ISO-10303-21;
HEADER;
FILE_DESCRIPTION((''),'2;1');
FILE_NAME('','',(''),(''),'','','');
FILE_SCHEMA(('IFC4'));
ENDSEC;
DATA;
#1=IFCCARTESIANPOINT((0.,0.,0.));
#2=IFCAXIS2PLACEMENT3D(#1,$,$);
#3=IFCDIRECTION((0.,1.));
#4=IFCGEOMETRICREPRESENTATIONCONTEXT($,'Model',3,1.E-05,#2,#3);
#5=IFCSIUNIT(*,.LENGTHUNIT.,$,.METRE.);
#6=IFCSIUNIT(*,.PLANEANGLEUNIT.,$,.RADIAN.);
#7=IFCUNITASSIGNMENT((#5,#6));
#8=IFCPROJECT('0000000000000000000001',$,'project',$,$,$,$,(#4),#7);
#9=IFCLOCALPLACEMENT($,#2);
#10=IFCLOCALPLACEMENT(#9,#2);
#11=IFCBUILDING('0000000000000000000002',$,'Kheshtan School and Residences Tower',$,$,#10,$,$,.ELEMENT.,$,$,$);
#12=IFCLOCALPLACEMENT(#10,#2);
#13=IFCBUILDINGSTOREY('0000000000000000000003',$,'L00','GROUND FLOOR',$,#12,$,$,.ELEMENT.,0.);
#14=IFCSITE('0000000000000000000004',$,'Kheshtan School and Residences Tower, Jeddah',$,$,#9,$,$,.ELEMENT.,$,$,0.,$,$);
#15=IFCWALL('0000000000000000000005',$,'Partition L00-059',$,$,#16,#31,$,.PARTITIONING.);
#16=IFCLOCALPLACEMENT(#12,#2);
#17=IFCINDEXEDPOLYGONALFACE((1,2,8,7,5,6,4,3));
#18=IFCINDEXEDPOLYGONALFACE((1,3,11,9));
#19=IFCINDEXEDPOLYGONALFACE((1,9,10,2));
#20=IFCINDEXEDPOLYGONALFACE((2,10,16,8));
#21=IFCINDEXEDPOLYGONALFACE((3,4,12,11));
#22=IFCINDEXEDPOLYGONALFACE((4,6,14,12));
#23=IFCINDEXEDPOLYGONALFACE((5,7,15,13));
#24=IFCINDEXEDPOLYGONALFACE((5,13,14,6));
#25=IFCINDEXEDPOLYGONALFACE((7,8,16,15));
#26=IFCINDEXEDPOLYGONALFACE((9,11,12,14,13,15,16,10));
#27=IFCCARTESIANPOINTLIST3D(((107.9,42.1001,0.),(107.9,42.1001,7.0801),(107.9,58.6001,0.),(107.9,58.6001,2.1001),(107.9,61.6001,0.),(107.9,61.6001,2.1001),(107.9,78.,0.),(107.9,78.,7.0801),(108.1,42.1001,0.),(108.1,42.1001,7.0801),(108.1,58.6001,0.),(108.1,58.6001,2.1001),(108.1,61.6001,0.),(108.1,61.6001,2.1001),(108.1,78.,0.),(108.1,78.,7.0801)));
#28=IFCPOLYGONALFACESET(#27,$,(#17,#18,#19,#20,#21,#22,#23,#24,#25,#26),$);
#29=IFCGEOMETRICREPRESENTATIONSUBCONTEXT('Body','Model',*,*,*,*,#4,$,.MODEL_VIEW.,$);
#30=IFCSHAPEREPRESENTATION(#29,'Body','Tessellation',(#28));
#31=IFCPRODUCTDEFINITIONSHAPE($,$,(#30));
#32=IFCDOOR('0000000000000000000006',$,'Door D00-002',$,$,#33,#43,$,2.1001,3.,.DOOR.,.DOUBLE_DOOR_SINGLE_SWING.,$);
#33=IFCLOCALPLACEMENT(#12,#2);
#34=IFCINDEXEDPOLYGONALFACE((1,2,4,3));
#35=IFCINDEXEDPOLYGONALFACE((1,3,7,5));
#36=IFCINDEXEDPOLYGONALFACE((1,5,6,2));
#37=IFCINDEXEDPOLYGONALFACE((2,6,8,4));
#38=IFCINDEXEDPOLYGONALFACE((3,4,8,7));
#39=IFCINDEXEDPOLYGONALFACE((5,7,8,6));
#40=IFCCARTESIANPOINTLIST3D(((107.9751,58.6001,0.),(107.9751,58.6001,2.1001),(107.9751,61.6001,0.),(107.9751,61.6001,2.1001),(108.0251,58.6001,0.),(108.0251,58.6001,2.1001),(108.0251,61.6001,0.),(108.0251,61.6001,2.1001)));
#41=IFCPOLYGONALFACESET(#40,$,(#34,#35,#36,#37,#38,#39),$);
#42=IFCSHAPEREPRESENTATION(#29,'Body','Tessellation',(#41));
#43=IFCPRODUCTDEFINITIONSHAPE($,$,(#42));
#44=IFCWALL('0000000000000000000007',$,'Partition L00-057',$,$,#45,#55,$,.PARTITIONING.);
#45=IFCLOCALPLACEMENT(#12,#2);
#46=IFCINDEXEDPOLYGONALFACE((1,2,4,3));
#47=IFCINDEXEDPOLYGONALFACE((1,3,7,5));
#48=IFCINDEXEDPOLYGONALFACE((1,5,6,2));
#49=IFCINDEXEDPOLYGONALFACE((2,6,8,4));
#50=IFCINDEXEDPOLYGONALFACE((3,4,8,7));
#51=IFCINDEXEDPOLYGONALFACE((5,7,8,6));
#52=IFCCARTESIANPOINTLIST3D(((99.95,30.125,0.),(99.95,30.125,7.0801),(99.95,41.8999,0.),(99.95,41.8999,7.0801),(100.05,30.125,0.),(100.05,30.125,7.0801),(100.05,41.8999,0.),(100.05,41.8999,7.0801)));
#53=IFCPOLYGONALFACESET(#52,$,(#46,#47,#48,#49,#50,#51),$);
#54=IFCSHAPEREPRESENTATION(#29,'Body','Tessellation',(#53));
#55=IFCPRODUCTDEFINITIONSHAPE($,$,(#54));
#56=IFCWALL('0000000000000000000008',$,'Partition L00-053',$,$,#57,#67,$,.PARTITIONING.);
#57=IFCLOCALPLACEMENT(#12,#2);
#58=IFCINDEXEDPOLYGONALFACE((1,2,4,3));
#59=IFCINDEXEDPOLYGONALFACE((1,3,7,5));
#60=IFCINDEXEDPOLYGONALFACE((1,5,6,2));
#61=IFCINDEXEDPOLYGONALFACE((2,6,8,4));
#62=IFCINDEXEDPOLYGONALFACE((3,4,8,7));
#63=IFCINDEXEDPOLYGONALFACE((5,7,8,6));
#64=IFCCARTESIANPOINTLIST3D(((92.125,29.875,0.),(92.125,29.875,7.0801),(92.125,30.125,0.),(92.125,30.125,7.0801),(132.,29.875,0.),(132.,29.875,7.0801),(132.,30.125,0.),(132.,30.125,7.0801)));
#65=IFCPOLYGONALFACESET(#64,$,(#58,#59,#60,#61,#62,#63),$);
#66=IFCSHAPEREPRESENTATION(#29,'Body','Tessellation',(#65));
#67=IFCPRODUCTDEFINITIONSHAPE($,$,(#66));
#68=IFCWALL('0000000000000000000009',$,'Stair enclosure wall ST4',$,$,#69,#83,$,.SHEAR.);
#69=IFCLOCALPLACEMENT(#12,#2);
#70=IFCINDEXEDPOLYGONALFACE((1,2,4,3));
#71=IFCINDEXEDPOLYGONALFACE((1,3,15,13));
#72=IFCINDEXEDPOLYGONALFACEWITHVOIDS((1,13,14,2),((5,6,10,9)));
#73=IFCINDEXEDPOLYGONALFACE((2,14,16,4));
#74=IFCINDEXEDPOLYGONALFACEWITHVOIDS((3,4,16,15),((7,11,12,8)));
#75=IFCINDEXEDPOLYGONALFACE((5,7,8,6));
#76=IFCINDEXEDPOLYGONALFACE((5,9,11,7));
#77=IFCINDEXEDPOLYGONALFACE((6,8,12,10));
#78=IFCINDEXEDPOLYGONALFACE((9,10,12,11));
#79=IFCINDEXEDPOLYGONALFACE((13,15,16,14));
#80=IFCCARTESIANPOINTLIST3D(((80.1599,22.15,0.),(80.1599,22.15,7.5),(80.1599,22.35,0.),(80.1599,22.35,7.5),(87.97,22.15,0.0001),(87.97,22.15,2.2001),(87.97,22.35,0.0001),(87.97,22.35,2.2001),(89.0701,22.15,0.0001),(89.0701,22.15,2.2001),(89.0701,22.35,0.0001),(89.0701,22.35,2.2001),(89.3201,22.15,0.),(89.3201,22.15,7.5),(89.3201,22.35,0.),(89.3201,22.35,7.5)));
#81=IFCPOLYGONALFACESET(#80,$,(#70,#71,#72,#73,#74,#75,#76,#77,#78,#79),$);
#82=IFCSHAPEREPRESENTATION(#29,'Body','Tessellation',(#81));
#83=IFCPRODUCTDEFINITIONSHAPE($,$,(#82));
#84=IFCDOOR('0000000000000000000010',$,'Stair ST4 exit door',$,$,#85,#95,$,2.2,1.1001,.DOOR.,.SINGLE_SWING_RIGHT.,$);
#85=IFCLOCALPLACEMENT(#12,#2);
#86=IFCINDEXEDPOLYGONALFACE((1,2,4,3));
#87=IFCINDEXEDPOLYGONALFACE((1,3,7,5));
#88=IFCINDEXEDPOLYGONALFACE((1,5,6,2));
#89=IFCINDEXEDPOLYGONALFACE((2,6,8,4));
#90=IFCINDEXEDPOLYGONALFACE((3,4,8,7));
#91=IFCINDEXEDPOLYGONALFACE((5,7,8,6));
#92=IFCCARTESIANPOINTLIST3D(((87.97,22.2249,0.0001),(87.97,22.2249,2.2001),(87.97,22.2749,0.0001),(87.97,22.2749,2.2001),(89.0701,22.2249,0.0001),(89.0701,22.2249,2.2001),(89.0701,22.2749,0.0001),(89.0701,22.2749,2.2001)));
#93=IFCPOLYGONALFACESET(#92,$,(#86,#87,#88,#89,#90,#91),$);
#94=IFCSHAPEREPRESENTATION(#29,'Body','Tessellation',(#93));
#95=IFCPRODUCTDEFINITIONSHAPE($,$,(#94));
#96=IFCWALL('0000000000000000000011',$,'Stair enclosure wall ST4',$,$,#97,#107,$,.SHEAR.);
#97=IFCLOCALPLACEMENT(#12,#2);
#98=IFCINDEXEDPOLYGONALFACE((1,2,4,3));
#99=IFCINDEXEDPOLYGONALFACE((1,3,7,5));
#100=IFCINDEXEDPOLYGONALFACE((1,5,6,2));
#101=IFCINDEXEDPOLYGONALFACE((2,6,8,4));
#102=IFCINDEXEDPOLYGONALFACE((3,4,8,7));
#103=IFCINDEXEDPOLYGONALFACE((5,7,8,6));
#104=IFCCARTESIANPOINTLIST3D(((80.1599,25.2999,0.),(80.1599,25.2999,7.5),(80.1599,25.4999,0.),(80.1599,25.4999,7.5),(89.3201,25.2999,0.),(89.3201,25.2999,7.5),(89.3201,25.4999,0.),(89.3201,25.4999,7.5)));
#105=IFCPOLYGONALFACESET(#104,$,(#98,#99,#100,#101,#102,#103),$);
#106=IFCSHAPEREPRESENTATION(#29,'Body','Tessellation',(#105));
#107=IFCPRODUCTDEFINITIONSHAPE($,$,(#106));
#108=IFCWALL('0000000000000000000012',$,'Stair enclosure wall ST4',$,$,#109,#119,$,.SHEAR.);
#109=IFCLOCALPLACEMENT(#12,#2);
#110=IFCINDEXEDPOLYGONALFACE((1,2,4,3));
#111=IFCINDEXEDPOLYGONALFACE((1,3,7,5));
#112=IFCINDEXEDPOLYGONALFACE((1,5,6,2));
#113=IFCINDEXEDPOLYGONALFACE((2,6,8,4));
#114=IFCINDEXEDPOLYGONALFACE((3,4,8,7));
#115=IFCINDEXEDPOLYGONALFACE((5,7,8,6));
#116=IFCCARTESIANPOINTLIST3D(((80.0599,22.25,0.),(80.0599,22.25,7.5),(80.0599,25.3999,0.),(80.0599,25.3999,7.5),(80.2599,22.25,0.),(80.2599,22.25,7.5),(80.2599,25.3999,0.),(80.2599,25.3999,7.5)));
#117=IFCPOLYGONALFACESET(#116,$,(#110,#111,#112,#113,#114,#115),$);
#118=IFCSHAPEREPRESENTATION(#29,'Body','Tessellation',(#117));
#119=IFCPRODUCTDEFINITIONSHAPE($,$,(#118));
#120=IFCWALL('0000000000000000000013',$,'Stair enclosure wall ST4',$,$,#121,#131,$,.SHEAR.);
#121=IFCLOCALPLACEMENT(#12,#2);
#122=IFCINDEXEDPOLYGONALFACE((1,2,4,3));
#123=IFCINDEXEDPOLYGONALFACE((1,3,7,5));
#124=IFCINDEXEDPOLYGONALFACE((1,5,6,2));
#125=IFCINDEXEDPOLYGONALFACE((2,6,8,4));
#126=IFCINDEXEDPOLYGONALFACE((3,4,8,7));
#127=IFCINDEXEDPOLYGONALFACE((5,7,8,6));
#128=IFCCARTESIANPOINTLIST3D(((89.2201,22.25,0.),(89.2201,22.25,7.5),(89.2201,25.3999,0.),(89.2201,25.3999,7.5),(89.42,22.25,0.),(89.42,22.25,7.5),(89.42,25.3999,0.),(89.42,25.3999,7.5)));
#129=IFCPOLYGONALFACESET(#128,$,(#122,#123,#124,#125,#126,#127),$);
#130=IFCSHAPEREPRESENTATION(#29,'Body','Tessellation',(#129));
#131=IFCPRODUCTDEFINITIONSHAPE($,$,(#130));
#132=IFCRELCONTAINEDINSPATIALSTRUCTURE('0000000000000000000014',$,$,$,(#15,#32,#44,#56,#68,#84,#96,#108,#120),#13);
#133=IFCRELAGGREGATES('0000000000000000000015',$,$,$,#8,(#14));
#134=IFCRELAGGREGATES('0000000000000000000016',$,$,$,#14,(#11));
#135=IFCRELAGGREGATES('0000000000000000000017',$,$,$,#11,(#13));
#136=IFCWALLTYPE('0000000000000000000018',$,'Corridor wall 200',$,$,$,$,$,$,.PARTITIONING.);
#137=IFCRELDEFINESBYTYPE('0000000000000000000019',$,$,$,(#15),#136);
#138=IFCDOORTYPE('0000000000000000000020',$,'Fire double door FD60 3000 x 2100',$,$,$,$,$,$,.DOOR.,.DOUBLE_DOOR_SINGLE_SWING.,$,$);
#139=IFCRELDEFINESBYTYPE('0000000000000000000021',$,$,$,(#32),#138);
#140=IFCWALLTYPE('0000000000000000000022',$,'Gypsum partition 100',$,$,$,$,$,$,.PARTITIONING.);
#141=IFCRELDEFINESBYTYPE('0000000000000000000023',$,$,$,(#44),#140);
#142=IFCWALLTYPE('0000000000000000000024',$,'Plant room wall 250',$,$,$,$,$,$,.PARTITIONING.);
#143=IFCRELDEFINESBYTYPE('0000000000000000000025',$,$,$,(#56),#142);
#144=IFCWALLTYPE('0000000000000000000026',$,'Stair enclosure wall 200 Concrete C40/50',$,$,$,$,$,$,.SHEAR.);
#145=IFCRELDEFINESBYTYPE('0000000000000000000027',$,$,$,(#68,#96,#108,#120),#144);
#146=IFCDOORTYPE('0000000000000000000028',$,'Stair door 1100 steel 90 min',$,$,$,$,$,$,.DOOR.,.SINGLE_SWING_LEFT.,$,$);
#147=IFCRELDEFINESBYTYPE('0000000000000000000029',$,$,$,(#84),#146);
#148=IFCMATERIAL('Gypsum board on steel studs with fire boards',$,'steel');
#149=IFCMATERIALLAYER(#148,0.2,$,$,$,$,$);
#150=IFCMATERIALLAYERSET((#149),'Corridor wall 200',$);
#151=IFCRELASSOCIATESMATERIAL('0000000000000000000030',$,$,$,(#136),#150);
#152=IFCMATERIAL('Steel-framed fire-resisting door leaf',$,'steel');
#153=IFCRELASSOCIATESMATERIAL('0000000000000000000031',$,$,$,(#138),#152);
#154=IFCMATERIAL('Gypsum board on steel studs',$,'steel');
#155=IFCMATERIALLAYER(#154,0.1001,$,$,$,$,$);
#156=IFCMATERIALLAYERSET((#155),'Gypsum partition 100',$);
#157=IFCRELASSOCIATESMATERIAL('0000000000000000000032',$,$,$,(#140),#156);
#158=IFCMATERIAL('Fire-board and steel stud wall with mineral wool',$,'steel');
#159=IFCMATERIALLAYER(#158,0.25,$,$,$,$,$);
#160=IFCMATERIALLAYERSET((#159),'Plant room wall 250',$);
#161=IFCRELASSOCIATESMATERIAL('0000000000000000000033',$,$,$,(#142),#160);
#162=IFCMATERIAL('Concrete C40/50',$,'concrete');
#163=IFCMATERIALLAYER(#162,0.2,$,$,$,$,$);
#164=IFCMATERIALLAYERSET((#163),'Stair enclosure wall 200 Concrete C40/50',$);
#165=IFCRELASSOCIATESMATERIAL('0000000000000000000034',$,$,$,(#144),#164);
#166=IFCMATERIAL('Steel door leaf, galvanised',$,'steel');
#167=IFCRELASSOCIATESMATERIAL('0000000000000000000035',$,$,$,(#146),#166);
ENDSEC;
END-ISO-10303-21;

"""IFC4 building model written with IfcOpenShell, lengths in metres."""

from ifc_helpers import new_model, si_unit, direction, frame, frame_2d, origin, place, context, subcontext, project, spatial, rectangle, extrude, source, transform, mapped, material, layer, layer_set, type_object, element, fill, save


model = new_model("IFC4")

# Units and contexts
model_context = context("Model", 3, precision=1e-05, world=origin(), true_north=direction((0.0, 1.0)))
body_context = subcontext(model_context, "Body", "Model", "MODEL_VIEW")
ifc_project = project(units=[si_unit("LENGTHUNIT", "METRE"), si_unit("PLANEANGLEUNIT", "RADIAN")], contexts=[model_context])

# Site, building, storey
site_placement = place(None, origin())
site = spatial("IfcSite", under=ifc_project, at=site_placement, Name="Kheshtan School and Residences Tower, Jeddah", CompositionType="ELEMENT", RefElevation=0.0)
building_placement = place(site_placement, origin())
building = spatial("IfcBuilding", under=site, at=building_placement, Name="Kheshtan School and Residences Tower", CompositionType="ELEMENT")
storey_placement = place(building_placement, origin())
storey = spatial("IfcBuildingStorey", under=building, at=storey_placement, Name="L00", Description="GROUND FLOOR", CompositionType="ELEMENT", Elevation=0.0)

# Shared definitions
ifc_material_1 = material(Name="Gypsum board on steel studs with fire boards", Category="steel")
ifc_layer_1 = layer(ifc_material_1, 0.2)
ifc_layer_set_1 = layer_set([ifc_layer_1], Name="Corridor wall 200")
wall_type_1 = type_object("IfcWallType", Name="Corridor wall 200", PredefinedType="PARTITIONING", material=ifc_layer_set_1)

# Wall, opening, door
wall_1_placement = place(storey_placement, frame((108.0, 42.1001, 0.0), z_axis=(0.0, 0.0, 1.0), x_axis=(0.0, 1.0, 0.0)))
wall_1 = element("IfcWall", 1, at=wall_1_placement, inside=storey, type_object=wall_type_1, Name="Partition L00-059", PredefinedType="PARTITIONING", context=body_context, shape_type="SweptSolid", body=[
    extrude(rectangle(XDim=35.8999, YDim=0.2, at=frame_2d((17.95, 0.0))), origin(), (0.0, 0.0, 1.0), 7.0801),
])
opening_1_placement = place(wall_1_placement, frame((16.5, 0.0, 0.0)))
opening_1 = element("IfcOpeningElement", 2, at=opening_1_placement, cuts=wall_1, PredefinedType="OPENING", context=body_context, shape_type="SweptSolid", body=[
    extrude(rectangle(XDim=3.0, YDim=2.1001, at=frame_2d((1.5, 1.05))), frame((0.0, 0.1099, 0.0), z_axis=(0.0, -1.0, 0.0), x_axis=(1.0, 0.0, 0.0)), (0.0, 0.0, 1.0), 0.22),
])
ifc_material_2 = material(Name="Steel-framed fire-resisting door leaf", Category="steel")
door_type_1 = type_object("IfcDoorType", Name="Fire double door FD60 3000 x 2100", OperationType="DOUBLE_DOOR_SINGLE_SWING", PredefinedType="DOOR", material=ifc_material_2)
shared_shape_1 = source(origin(), body_context, "Body", "SweptSolid", [
    extrude(rectangle(XDim=3.0, YDim=2.1001, at=frame_2d((1.5, 1.05))), frame((0.0, 0.0249, 0.0), z_axis=(0.0, -1.0, 0.0), x_axis=(1.0, 0.0, 0.0)), (0.0, 0.0, 1.0), 0.05),
])
door_1_placement = place(opening_1_placement, origin())
door_1 = element("IfcDoor", 3, at=door_1_placement, inside=storey, type_object=door_type_1, Name="Door D00-002", OperationType="DOUBLE_DOOR_SINGLE_SWING", OverallHeight=2.1001, OverallWidth=3.0, PredefinedType="DOOR", context=body_context, shape_type="MappedRepresentation", body=[
    mapped(shared_shape_1, transform((0.0, 0.0, 0.0), x_axis=(1.0, 0.0, 0.0), y_axis=(0.0, 1.0, 0.0), z_axis=(0.0, 0.0, 1.0), scale=1.0)),
])
fill(opening_1, door_1)

# Walls
ifc_material_3 = material(Name="Gypsum board on steel studs", Category="steel")
ifc_layer_2 = layer(ifc_material_3, 0.1001)
ifc_layer_set_2 = layer_set([ifc_layer_2], Name="Gypsum partition 100")
wall_type_2 = type_object("IfcWallType", Name="Gypsum partition 100", PredefinedType="PARTITIONING", material=ifc_layer_set_2)
wall_2_placement = place(storey_placement, frame((100.0, 30.125, 0.0), z_axis=(0.0, 0.0, 1.0), x_axis=(0.0, 1.0, 0.0)))
element("IfcWall", 4, at=wall_2_placement, inside=storey, type_object=wall_type_2, Name="Partition L00-057", PredefinedType="PARTITIONING", context=body_context, shape_type="SweptSolid", body=[
    extrude(rectangle(XDim=11.7749, YDim=0.1001, at=frame_2d((5.8875, 0.0))), origin(), (0.0, 0.0, 1.0), 7.0801),
])
ifc_material_4 = material(Name="Fire-board and steel stud wall with mineral wool", Category="steel")
ifc_layer_3 = layer(ifc_material_4, 0.25)
ifc_layer_set_3 = layer_set([ifc_layer_3], Name="Plant room wall 250")
wall_type_3 = type_object("IfcWallType", Name="Plant room wall 250", PredefinedType="PARTITIONING", material=ifc_layer_set_3)
wall_3_placement = place(storey_placement, frame((92.125, 30.0, 0.0), z_axis=(0.0, 0.0, 1.0), x_axis=(1.0, 0.0, 0.0)))
element("IfcWall", 5, at=wall_3_placement, inside=storey, type_object=wall_type_3, Name="Partition L00-053", PredefinedType="PARTITIONING", context=body_context, shape_type="SweptSolid", body=[
    extrude(rectangle(XDim=39.875, YDim=0.25, at=frame_2d((19.9375, 0.0))), origin(), (0.0, 0.0, 1.0), 7.0801),
])

# Wall, opening, door
ifc_material_5 = material(Name="Concrete C40/50", Category="concrete")
ifc_layer_4 = layer(ifc_material_5, 0.2)
ifc_layer_set_4 = layer_set([ifc_layer_4], Name="Stair enclosure wall 200 Concrete C40/50")
wall_type_4 = type_object("IfcWallType", Name="Stair enclosure wall 200 Concrete C40/50", PredefinedType="SHEAR", material=ifc_layer_set_4)
wall_4_placement = place(storey_placement, frame((80.1599, 22.25, 0.0), z_axis=(0.0, 0.0, 1.0), x_axis=(1.0, 0.0, 0.0)))
wall_4 = element("IfcWall", 6, at=wall_4_placement, inside=storey, type_object=wall_type_4, Name="Stair enclosure wall ST4", PredefinedType="SHEAR", context=body_context, shape_type="SweptSolid", body=[
    extrude(rectangle(XDim=9.1602, YDim=0.2, at=frame_2d((4.5801, 0.0))), origin(), (0.0, 0.0, 1.0), 7.5),
])
opening_2_placement = place(wall_4_placement, frame((7.8101, 0.0, 0.0)))
opening_2 = element("IfcOpeningElement", 7, at=opening_2_placement, cuts=wall_4, PredefinedType="OPENING", context=body_context, shape_type="SweptSolid", body=[
    extrude(rectangle(XDim=1.1001, YDim=2.2, at=frame_2d((0.55, 1.1001))), frame((0.0, 0.1099, 0.0), z_axis=(0.0, -1.0, 0.0), x_axis=(1.0, 0.0, 0.0)), (0.0, 0.0, 1.0), 0.22),
])
ifc_material_6 = material(Name="Steel door leaf, galvanised", Category="steel")
door_type_2 = type_object("IfcDoorType", Name="Stair door 1100 steel 90 min", OperationType="SINGLE_SWING_LEFT", PredefinedType="DOOR", material=ifc_material_6)
shared_shape_2 = source(origin(), body_context, "Body", "SweptSolid", [
    extrude(rectangle(XDim=1.1001, YDim=2.2, at=frame_2d((0.55, 1.1001))), frame((0.0, 0.0249, 0.0), z_axis=(0.0, -1.0, 0.0), x_axis=(1.0, 0.0, 0.0)), (0.0, 0.0, 1.0), 0.05),
])
door_2_placement = place(opening_2_placement, origin())
door_2 = element("IfcDoor", 8, at=door_2_placement, inside=storey, type_object=door_type_2, Name="Stair ST4 exit door", OperationType="SINGLE_SWING_RIGHT", OverallHeight=2.2, OverallWidth=1.1001, PredefinedType="DOOR", context=body_context, shape_type="MappedRepresentation", body=[
    mapped(shared_shape_2, transform((0.0, 0.0, 0.0), x_axis=(1.0, 0.0, 0.0), y_axis=(0.0, 1.0, 0.0), z_axis=(0.0, 0.0, 1.0), scale=1.0)),
])
fill(opening_2, door_2)

# Walls
wall_5_placement = place(storey_placement, frame((80.1599, 25.3999, 0.0), z_axis=(0.0, 0.0, 1.0), x_axis=(1.0, 0.0, 0.0)))
element("IfcWall", 9, at=wall_5_placement, inside=storey, type_object=wall_type_4, Name="Stair enclosure wall ST4", PredefinedType="SHEAR", context=body_context, shape_type="SweptSolid", body=[
    extrude(rectangle(XDim=9.1602, YDim=0.2, at=frame_2d((4.5801, 0.0))), origin(), (0.0, 0.0, 1.0), 7.5),
])
for number, where, z_axis, x_axis, name in (
    (10, (80.1599, 22.25, 0.0), (0.0, 0.0, 1.0), (0.0, 1.0, 0.0), "Stair enclosure wall ST4"),
    (11, (89.3201, 22.25, 0.0), (0.0, 0.0, 1.0), (0.0, 1.0, 0.0), "Stair enclosure wall ST4"),
):
    element("IfcWall", number, at=place(storey_placement, frame(where, z_axis=z_axis, x_axis=x_axis)), inside=storey, type_object=wall_type_4, Name=name, PredefinedType="SHEAR", context=body_context, shape_type="SweptSolid", body=[
        extrude(rectangle(XDim=3.1499, YDim=0.2, at=frame_2d((1.575, 0.0))), origin(), (0.0, 0.0, 1.0), 7.5),
    ])

save(model, "model.ifc")
